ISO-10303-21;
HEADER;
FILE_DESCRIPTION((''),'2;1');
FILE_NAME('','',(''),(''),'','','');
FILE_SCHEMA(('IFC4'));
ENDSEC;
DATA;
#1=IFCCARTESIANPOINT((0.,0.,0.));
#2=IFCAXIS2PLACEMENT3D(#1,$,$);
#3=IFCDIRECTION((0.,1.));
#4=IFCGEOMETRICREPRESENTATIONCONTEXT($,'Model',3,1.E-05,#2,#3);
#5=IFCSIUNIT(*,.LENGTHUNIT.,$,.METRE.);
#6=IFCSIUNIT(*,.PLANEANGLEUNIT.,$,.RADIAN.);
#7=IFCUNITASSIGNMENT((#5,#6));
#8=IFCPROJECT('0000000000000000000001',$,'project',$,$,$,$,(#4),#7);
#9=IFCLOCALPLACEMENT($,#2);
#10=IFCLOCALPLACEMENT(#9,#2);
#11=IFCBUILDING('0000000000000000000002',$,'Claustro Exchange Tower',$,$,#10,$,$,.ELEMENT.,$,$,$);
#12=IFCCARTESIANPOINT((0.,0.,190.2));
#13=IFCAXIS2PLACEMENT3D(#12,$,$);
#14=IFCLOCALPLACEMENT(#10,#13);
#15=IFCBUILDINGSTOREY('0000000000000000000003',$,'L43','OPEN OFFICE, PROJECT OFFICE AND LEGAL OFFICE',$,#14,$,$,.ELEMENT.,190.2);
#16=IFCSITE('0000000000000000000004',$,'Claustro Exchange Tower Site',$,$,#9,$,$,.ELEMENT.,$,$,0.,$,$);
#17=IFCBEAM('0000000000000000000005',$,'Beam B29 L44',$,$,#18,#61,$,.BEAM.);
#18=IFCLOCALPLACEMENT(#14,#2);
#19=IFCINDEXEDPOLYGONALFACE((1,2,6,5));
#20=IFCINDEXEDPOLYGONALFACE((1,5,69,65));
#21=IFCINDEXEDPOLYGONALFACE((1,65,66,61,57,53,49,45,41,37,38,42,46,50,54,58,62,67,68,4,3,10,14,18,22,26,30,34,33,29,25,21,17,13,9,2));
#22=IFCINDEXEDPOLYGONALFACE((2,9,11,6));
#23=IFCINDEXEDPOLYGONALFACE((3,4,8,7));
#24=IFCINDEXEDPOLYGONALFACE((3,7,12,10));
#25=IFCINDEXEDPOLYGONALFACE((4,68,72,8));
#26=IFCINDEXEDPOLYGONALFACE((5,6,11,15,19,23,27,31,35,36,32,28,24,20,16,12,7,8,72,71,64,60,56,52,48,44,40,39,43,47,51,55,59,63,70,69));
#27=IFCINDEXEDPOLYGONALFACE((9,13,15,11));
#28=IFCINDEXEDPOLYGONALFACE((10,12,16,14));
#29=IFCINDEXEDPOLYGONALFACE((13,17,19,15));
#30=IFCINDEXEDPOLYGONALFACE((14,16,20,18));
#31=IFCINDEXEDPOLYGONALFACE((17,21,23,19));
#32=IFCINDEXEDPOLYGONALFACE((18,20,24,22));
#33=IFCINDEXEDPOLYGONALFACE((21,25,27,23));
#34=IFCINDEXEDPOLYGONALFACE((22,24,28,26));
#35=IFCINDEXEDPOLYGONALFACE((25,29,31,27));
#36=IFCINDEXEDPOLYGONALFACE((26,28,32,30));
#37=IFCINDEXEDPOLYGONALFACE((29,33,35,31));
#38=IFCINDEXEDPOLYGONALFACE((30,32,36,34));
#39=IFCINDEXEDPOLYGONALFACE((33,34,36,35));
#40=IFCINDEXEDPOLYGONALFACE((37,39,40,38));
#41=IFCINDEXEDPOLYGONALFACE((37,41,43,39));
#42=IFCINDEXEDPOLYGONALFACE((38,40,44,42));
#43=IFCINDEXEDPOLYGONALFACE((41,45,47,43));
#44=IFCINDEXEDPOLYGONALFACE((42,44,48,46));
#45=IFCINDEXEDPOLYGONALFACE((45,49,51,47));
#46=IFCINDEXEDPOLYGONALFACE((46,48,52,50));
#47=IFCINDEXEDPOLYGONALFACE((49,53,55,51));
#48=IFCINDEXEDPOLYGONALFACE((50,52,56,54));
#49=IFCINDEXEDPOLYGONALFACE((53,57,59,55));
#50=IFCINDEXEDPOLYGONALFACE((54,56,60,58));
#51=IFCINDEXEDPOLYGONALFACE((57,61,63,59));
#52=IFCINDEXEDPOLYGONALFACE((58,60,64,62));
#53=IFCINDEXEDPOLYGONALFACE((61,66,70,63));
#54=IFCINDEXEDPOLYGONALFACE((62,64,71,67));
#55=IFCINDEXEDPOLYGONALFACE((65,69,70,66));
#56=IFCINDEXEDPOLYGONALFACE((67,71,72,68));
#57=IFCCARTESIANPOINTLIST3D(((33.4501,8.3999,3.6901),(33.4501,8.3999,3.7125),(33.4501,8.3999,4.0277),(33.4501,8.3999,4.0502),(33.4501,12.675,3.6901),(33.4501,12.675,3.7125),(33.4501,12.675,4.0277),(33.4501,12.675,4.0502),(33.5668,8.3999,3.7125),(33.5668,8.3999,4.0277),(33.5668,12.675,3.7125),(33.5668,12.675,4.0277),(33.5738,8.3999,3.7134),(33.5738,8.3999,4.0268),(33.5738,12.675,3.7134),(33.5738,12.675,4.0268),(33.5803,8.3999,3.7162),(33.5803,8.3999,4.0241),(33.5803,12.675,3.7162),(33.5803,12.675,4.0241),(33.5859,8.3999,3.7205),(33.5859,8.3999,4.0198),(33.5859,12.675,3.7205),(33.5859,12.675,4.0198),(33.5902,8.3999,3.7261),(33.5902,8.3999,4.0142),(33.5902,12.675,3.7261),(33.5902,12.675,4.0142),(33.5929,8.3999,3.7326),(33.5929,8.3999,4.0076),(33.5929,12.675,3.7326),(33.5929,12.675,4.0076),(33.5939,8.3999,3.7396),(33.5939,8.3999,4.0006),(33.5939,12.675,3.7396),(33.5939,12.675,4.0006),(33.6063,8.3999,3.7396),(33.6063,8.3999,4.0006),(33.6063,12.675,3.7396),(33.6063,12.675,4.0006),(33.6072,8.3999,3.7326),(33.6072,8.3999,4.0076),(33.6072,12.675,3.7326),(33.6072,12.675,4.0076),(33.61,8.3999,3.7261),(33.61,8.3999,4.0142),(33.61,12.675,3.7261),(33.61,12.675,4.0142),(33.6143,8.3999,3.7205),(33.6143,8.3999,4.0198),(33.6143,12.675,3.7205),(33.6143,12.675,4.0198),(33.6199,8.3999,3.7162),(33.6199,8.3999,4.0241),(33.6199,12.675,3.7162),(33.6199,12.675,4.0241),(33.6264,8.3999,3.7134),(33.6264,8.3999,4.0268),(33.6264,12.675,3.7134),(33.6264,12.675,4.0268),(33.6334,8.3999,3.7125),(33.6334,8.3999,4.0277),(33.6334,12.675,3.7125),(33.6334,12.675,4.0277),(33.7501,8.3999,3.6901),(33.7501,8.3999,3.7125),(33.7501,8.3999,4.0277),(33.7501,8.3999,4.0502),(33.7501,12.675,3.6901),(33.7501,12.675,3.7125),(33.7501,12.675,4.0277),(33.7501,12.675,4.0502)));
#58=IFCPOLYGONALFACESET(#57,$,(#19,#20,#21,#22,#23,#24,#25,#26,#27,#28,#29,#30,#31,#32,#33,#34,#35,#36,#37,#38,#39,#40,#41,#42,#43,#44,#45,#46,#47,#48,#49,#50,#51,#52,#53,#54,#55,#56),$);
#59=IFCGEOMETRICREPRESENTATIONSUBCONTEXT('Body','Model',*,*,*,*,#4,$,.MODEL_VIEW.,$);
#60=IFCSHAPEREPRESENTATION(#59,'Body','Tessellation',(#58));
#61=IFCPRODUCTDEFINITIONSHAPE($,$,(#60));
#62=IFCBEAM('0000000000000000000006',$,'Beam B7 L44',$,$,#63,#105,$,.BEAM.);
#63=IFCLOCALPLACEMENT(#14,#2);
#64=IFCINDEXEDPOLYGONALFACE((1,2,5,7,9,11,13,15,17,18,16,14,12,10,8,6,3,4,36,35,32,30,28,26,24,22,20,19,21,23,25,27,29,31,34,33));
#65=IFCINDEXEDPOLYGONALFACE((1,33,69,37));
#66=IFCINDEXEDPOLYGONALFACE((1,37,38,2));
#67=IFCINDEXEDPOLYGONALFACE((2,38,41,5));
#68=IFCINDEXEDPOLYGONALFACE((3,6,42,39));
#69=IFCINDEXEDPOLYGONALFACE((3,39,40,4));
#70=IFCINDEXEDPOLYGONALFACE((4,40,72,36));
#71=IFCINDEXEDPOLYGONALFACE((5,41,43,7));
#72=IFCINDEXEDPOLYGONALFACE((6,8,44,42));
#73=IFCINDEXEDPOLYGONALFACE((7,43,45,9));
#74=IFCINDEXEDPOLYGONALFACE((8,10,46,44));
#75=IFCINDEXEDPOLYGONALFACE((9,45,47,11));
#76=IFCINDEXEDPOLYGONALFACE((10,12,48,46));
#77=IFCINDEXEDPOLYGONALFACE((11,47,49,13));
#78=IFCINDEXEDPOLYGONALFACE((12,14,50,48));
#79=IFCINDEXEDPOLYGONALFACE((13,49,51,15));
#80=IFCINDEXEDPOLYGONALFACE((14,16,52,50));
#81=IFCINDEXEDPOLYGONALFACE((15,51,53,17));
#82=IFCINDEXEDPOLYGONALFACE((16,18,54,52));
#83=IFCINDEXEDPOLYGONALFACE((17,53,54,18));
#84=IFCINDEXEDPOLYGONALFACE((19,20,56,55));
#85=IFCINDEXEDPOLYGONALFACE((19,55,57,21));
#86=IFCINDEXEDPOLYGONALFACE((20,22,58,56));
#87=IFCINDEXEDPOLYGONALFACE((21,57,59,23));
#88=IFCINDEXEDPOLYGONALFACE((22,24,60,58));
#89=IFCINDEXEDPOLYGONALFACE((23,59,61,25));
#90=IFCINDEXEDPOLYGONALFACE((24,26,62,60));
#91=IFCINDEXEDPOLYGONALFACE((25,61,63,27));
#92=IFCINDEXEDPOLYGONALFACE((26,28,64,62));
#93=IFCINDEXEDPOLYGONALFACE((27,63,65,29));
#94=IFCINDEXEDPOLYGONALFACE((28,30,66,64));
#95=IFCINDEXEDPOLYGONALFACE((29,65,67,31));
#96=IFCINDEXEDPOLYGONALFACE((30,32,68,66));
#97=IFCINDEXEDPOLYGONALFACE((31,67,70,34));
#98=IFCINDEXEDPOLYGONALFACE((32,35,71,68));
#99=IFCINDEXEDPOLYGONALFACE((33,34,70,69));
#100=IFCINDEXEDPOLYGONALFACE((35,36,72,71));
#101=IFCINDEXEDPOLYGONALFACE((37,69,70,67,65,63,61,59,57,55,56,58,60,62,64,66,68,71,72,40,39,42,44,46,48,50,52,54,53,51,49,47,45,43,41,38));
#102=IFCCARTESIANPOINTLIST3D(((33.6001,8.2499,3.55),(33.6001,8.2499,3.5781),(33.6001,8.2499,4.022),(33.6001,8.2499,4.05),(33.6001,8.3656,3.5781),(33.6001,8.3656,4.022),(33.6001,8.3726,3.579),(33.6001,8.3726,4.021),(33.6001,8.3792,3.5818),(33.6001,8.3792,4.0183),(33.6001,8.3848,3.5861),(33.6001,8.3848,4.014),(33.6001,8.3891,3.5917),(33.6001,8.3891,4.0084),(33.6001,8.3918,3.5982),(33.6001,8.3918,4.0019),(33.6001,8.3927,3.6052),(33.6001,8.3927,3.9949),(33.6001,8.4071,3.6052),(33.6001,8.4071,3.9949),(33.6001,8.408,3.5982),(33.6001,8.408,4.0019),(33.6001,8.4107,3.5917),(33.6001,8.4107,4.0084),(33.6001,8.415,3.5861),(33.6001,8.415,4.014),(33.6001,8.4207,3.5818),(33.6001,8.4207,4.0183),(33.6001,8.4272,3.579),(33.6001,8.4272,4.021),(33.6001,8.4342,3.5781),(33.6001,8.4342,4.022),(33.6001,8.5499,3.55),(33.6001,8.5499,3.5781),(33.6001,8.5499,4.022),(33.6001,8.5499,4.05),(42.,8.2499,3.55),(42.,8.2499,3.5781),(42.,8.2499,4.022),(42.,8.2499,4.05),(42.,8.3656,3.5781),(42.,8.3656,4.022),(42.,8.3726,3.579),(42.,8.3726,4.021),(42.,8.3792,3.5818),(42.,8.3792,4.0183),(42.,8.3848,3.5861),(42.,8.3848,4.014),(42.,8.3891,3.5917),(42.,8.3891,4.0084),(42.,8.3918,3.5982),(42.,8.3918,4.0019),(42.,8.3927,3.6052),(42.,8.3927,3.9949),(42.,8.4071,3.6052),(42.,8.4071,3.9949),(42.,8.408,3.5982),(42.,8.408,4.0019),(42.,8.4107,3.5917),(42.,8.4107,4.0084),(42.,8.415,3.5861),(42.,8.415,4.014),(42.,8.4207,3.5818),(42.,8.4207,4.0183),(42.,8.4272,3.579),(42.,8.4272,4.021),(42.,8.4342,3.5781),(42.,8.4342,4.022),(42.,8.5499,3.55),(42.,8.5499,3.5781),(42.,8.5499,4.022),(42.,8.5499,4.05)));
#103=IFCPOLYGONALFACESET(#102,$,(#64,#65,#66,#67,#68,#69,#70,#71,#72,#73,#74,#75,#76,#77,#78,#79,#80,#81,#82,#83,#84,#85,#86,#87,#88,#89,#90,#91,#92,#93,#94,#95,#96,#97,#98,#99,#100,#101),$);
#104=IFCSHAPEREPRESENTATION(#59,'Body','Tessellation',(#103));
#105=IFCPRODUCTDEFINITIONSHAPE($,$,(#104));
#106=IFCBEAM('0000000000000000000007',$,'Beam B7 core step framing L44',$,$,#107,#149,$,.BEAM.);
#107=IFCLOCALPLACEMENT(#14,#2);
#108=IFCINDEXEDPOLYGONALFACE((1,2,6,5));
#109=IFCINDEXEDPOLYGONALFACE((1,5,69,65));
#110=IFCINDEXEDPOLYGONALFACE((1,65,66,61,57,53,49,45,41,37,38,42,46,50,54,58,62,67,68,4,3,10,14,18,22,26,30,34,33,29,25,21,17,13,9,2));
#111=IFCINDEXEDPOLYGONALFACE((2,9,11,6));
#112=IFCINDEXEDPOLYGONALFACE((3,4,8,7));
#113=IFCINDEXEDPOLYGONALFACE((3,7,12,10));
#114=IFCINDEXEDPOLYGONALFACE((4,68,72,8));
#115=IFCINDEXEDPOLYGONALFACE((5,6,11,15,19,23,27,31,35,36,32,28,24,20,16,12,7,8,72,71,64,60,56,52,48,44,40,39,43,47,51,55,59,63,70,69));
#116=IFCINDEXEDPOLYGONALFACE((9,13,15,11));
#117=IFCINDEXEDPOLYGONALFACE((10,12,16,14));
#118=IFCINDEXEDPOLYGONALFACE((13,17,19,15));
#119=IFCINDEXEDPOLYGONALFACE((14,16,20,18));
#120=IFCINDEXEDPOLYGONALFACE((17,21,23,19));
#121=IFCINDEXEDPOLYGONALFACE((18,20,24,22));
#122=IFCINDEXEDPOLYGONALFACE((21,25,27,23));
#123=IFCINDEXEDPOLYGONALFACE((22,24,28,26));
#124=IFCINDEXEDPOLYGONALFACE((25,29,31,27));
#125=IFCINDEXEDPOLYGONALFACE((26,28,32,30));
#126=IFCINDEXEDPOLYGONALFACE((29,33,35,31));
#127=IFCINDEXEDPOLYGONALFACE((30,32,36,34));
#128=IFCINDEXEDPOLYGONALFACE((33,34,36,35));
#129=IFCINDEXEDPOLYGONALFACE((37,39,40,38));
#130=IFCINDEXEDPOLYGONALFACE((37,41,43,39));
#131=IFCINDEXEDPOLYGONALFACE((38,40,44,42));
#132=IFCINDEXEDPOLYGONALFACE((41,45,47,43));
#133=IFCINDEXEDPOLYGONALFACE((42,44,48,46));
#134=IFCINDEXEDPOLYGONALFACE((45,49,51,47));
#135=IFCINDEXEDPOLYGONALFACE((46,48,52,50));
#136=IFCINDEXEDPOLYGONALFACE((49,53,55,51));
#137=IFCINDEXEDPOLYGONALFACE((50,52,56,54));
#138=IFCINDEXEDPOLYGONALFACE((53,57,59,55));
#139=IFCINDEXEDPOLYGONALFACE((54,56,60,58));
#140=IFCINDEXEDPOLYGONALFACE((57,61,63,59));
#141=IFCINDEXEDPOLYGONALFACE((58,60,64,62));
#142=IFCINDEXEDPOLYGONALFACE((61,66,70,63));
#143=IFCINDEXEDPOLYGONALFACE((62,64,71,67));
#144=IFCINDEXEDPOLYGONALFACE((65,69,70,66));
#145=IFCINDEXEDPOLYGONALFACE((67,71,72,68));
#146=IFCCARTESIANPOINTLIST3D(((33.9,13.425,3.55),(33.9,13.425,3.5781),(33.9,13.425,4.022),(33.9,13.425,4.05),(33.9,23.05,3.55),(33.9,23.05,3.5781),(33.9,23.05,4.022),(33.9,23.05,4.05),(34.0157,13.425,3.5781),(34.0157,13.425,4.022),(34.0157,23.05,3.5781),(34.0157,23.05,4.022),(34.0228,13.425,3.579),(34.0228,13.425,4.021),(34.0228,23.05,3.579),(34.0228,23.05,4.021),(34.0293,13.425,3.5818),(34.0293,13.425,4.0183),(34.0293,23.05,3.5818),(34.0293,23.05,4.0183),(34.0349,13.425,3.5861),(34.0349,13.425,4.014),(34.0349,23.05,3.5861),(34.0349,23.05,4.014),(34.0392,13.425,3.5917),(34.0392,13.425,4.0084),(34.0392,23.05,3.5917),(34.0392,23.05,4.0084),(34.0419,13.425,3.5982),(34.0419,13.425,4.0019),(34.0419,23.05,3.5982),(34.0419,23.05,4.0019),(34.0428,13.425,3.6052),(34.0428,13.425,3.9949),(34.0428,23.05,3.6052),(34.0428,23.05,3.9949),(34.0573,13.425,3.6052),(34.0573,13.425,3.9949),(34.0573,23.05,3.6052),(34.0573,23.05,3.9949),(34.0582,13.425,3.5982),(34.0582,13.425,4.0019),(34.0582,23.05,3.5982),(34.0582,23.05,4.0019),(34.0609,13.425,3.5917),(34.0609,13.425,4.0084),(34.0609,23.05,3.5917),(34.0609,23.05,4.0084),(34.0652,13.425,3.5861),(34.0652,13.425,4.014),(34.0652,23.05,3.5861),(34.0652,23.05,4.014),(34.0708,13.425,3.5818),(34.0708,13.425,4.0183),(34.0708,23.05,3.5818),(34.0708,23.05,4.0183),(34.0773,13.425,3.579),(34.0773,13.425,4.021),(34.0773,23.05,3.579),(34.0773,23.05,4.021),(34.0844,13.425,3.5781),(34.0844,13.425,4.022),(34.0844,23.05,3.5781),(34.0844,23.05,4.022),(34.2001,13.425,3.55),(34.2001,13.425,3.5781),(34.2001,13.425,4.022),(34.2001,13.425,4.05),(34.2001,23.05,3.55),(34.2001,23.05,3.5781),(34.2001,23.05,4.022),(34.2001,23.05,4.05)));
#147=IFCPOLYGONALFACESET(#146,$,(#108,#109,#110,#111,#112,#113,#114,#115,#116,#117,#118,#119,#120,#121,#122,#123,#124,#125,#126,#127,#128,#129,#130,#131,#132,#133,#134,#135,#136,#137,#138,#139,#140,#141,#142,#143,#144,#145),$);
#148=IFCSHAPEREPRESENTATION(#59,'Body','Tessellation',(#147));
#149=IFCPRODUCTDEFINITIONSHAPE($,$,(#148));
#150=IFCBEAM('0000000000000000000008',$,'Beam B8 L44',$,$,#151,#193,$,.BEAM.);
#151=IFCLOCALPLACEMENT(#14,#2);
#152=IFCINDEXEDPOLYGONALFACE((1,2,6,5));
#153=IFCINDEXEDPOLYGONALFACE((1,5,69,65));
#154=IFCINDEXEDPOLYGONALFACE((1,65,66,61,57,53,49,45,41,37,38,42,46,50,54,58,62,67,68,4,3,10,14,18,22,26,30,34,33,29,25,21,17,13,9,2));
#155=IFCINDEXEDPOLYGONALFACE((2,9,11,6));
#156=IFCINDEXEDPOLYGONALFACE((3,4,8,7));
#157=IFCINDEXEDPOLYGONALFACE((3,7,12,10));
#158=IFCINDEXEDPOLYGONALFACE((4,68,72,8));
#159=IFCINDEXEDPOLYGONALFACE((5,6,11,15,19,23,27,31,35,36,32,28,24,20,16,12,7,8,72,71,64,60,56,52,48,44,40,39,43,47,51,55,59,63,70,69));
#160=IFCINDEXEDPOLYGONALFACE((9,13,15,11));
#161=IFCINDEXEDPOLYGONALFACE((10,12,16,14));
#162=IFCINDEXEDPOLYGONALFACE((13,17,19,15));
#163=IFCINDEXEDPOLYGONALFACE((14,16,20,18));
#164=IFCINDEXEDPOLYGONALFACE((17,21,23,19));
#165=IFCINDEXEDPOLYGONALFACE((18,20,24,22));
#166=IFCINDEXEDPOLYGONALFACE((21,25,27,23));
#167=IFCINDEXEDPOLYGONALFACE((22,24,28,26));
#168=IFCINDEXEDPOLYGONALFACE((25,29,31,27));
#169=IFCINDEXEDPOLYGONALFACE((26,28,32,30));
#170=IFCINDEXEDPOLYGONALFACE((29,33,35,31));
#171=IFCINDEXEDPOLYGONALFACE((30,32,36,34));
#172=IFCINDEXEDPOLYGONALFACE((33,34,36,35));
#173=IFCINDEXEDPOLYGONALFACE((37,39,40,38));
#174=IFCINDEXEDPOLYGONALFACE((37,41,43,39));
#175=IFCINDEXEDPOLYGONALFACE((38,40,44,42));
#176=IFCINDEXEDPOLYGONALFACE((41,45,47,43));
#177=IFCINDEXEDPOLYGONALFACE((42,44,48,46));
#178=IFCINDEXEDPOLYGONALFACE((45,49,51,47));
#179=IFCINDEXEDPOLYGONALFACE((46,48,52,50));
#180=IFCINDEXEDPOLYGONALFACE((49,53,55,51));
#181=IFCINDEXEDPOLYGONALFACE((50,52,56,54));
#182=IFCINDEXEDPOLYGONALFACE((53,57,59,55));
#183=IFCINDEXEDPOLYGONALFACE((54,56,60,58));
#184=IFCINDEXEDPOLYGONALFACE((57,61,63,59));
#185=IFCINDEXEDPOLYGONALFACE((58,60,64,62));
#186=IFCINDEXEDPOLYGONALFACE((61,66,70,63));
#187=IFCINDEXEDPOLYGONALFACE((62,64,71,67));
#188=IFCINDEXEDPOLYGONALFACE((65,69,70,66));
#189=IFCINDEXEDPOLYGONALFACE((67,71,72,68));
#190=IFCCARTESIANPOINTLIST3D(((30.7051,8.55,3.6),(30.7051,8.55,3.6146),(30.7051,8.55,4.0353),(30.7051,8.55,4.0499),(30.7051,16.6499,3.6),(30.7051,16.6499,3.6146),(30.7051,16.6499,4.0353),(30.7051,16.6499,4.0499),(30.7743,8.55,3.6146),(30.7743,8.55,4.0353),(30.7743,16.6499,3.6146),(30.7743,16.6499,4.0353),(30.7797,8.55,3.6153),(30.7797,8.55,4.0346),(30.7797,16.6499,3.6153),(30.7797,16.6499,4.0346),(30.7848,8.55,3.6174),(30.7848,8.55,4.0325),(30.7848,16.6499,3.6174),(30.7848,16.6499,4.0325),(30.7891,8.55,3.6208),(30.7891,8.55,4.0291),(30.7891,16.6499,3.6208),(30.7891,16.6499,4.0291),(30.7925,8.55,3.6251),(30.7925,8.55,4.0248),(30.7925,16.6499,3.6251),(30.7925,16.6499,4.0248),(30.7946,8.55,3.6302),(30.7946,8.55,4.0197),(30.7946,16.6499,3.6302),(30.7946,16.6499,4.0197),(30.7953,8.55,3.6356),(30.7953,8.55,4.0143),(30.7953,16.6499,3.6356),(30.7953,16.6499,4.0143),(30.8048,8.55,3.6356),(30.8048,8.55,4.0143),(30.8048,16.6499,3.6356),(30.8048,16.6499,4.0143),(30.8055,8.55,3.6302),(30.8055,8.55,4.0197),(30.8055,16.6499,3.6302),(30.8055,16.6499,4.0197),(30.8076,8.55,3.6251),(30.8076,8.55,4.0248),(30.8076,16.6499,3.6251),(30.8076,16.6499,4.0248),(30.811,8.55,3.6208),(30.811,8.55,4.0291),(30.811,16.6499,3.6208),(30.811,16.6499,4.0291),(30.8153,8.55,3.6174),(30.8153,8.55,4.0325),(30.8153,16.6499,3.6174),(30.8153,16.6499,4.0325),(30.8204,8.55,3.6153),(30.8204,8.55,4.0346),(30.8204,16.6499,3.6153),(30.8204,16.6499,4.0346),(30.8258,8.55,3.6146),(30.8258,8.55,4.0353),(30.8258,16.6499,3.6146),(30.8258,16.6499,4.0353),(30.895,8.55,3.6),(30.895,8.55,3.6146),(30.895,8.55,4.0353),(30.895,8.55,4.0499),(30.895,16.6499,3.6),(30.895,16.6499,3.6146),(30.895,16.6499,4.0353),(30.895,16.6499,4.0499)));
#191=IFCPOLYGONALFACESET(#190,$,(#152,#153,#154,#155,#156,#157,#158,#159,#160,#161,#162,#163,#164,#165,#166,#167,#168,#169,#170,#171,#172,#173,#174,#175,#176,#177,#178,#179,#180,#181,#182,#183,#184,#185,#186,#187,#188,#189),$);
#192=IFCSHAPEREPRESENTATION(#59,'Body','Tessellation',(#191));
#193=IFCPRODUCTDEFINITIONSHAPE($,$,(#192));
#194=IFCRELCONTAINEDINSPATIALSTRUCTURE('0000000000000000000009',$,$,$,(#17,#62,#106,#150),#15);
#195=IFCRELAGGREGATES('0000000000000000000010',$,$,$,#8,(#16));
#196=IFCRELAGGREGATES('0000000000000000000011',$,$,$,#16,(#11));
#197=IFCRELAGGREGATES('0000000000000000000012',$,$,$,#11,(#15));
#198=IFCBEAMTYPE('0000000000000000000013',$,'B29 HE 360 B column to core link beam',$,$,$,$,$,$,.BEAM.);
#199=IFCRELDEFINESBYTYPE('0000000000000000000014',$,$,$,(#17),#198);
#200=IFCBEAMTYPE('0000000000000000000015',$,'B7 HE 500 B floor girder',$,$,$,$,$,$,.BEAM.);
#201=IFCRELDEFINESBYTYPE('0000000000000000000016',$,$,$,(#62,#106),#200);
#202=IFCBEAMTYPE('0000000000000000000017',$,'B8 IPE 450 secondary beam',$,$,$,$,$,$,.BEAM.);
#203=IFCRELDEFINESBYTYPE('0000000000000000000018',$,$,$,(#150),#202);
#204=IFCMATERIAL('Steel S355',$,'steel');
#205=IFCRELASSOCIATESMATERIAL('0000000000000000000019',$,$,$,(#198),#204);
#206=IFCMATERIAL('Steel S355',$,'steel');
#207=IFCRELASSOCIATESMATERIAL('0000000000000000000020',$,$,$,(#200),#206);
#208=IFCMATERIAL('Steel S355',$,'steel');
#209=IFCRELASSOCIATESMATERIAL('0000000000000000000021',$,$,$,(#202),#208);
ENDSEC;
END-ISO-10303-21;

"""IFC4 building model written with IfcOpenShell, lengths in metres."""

from ifc_helpers import new_model, si_unit, direction, frame, origin, origin_2d, place, context, subcontext, project, spatial, i_section, extrude, material, material_profile, profile_set, type_object, element, save


model = new_model("IFC4")

# Units and contexts
model_context = context("Model", 3, precision=1e-05, world=origin(), true_north=direction((0.0, 1.0)))
body_context = subcontext(model_context, "Body", "Model", "MODEL_VIEW")
ifc_project = project(units=[si_unit("LENGTHUNIT", "METRE"), si_unit("PLANEANGLEUNIT", "RADIAN")], contexts=[model_context])

# Site, building, storey
site_placement = place(None, origin())
site = spatial("IfcSite", under=ifc_project, at=site_placement, Name="Claustro Exchange Tower Site", CompositionType="ELEMENT", RefElevation=0.0)
building_placement = place(site_placement, origin())
building = spatial("IfcBuilding", under=site, at=building_placement, Name="Claustro Exchange Tower", CompositionType="ELEMENT")
storey_placement = place(building_placement, frame((0.0, 0.0, 190.2)))
storey = spatial("IfcBuildingStorey", under=building, at=storey_placement, Name="L43", Description="OPEN OFFICE, PROJECT OFFICE AND LEGAL OFFICE", CompositionType="ELEMENT", Elevation=190.2)

# Beams
ifc_material_1 = material(Name="Steel S355", Category="steel")
ifc_material_profile_1 = material_profile(ifc_material_1, i_section(OverallWidth=0.3, OverallDepth=0.3601, WebThickness=0.0125, FlangeThickness=0.0225, FilletRadius=0.0271, at=origin_2d()), Name="HE 360 B")
ifc_profile_set_1 = profile_set([ifc_material_profile_1], Name="Steel S355")
beam_type_1 = type_object("IfcBeamType", Name="B29 HE 360 B column to core link beam", PredefinedType="BEAM", material=ifc_profile_set_1)
beam_1_placement = place(storey_placement, frame((33.6001, 8.3999, 3.8701), z_axis=(0.0, 1.0, 0.0), x_axis=(-1.0, 0.0, 0.0)))
element("IfcBeam", 1, at=beam_1_placement, inside=storey, type_object=beam_type_1, Name="Beam B29 L44", PredefinedType="BEAM", context=body_context, shape_type="SweptSolid", body=[
    extrude(i_section(OverallWidth=0.3, OverallDepth=0.3601, WebThickness=0.0125, FlangeThickness=0.0225, FilletRadius=0.0271, at=origin_2d()), origin(), (0.0, 0.0, 1.0), 4.2751),
])
ifc_material_2 = material(Name="Steel S355", Category="steel")
ifc_material_profile_2 = material_profile(ifc_material_2, i_section(OverallWidth=0.3, OverallDepth=0.5, WebThickness=0.0144, FlangeThickness=0.0281, FilletRadius=0.0271, at=origin_2d()), Name="HE 500 B")
ifc_profile_set_2 = profile_set([ifc_material_profile_2], Name="Steel S355")
beam_type_2 = type_object("IfcBeamType", Name="B7 HE 500 B floor girder", PredefinedType="BEAM", material=ifc_profile_set_2)
beam_2_placement = place(storey_placement, frame((33.6001, 8.3999, 3.8), z_axis=(1.0, 0.0, 0.0), x_axis=(0.0, 1.0, 0.0)))
element("IfcBeam", 2, at=beam_2_placement, inside=storey, type_object=beam_type_2, Name="Beam B7 L44", PredefinedType="BEAM", context=body_context, shape_type="SweptSolid", body=[
    extrude(i_section(OverallWidth=0.3, OverallDepth=0.5, WebThickness=0.0144, FlangeThickness=0.0281, FilletRadius=0.0271, at=origin_2d()), origin(), (0.0, 0.0, 1.0), 8.3999),
])
beam_3_placement = place(storey_placement, frame((34.05, 13.425, 3.8), z_axis=(0.0, 1.0, 0.0), x_axis=(-1.0, 0.0, 0.0)))
element("IfcBeam", 3, at=beam_3_placement, inside=storey, type_object=beam_type_2, Name="Beam B7 core step framing L44", PredefinedType="BEAM", context=body_context, shape_type="SweptSolid", body=[
    extrude(i_section(OverallWidth=0.3, OverallDepth=0.5, WebThickness=0.0144, FlangeThickness=0.0281, FilletRadius=0.0271, at=origin_2d()), origin(), (0.0, 0.0, 1.0), 9.625),
])
ifc_material_3 = material(Name="Steel S355", Category="steel")
ifc_material_profile_3 = material_profile(ifc_material_3, i_section(OverallWidth=0.1899, OverallDepth=0.45, WebThickness=0.0095, FlangeThickness=0.0146, FilletRadius=0.021, at=origin_2d()), Name="IPE 450")
ifc_profile_set_3 = profile_set([ifc_material_profile_3], Name="Steel S355")
beam_type_3 = type_object("IfcBeamType", Name="B8 IPE 450 secondary beam", PredefinedType="BEAM", material=ifc_profile_set_3)
beam_4_placement = place(storey_placement, frame((30.8, 8.55, 3.825), z_axis=(0.0, 1.0, 0.0), x_axis=(-1.0, 0.0, 0.0)))
element("IfcBeam", 4, at=beam_4_placement, inside=storey, type_object=beam_type_3, Name="Beam B8 L44", PredefinedType="BEAM", context=body_context, shape_type="SweptSolid", body=[
    extrude(i_section(OverallWidth=0.1899, OverallDepth=0.45, WebThickness=0.0095, FlangeThickness=0.0146, FilletRadius=0.021, at=origin_2d()), origin(), (0.0, 0.0, 1.0), 8.0999),
])

save(model, "model.ifc")
